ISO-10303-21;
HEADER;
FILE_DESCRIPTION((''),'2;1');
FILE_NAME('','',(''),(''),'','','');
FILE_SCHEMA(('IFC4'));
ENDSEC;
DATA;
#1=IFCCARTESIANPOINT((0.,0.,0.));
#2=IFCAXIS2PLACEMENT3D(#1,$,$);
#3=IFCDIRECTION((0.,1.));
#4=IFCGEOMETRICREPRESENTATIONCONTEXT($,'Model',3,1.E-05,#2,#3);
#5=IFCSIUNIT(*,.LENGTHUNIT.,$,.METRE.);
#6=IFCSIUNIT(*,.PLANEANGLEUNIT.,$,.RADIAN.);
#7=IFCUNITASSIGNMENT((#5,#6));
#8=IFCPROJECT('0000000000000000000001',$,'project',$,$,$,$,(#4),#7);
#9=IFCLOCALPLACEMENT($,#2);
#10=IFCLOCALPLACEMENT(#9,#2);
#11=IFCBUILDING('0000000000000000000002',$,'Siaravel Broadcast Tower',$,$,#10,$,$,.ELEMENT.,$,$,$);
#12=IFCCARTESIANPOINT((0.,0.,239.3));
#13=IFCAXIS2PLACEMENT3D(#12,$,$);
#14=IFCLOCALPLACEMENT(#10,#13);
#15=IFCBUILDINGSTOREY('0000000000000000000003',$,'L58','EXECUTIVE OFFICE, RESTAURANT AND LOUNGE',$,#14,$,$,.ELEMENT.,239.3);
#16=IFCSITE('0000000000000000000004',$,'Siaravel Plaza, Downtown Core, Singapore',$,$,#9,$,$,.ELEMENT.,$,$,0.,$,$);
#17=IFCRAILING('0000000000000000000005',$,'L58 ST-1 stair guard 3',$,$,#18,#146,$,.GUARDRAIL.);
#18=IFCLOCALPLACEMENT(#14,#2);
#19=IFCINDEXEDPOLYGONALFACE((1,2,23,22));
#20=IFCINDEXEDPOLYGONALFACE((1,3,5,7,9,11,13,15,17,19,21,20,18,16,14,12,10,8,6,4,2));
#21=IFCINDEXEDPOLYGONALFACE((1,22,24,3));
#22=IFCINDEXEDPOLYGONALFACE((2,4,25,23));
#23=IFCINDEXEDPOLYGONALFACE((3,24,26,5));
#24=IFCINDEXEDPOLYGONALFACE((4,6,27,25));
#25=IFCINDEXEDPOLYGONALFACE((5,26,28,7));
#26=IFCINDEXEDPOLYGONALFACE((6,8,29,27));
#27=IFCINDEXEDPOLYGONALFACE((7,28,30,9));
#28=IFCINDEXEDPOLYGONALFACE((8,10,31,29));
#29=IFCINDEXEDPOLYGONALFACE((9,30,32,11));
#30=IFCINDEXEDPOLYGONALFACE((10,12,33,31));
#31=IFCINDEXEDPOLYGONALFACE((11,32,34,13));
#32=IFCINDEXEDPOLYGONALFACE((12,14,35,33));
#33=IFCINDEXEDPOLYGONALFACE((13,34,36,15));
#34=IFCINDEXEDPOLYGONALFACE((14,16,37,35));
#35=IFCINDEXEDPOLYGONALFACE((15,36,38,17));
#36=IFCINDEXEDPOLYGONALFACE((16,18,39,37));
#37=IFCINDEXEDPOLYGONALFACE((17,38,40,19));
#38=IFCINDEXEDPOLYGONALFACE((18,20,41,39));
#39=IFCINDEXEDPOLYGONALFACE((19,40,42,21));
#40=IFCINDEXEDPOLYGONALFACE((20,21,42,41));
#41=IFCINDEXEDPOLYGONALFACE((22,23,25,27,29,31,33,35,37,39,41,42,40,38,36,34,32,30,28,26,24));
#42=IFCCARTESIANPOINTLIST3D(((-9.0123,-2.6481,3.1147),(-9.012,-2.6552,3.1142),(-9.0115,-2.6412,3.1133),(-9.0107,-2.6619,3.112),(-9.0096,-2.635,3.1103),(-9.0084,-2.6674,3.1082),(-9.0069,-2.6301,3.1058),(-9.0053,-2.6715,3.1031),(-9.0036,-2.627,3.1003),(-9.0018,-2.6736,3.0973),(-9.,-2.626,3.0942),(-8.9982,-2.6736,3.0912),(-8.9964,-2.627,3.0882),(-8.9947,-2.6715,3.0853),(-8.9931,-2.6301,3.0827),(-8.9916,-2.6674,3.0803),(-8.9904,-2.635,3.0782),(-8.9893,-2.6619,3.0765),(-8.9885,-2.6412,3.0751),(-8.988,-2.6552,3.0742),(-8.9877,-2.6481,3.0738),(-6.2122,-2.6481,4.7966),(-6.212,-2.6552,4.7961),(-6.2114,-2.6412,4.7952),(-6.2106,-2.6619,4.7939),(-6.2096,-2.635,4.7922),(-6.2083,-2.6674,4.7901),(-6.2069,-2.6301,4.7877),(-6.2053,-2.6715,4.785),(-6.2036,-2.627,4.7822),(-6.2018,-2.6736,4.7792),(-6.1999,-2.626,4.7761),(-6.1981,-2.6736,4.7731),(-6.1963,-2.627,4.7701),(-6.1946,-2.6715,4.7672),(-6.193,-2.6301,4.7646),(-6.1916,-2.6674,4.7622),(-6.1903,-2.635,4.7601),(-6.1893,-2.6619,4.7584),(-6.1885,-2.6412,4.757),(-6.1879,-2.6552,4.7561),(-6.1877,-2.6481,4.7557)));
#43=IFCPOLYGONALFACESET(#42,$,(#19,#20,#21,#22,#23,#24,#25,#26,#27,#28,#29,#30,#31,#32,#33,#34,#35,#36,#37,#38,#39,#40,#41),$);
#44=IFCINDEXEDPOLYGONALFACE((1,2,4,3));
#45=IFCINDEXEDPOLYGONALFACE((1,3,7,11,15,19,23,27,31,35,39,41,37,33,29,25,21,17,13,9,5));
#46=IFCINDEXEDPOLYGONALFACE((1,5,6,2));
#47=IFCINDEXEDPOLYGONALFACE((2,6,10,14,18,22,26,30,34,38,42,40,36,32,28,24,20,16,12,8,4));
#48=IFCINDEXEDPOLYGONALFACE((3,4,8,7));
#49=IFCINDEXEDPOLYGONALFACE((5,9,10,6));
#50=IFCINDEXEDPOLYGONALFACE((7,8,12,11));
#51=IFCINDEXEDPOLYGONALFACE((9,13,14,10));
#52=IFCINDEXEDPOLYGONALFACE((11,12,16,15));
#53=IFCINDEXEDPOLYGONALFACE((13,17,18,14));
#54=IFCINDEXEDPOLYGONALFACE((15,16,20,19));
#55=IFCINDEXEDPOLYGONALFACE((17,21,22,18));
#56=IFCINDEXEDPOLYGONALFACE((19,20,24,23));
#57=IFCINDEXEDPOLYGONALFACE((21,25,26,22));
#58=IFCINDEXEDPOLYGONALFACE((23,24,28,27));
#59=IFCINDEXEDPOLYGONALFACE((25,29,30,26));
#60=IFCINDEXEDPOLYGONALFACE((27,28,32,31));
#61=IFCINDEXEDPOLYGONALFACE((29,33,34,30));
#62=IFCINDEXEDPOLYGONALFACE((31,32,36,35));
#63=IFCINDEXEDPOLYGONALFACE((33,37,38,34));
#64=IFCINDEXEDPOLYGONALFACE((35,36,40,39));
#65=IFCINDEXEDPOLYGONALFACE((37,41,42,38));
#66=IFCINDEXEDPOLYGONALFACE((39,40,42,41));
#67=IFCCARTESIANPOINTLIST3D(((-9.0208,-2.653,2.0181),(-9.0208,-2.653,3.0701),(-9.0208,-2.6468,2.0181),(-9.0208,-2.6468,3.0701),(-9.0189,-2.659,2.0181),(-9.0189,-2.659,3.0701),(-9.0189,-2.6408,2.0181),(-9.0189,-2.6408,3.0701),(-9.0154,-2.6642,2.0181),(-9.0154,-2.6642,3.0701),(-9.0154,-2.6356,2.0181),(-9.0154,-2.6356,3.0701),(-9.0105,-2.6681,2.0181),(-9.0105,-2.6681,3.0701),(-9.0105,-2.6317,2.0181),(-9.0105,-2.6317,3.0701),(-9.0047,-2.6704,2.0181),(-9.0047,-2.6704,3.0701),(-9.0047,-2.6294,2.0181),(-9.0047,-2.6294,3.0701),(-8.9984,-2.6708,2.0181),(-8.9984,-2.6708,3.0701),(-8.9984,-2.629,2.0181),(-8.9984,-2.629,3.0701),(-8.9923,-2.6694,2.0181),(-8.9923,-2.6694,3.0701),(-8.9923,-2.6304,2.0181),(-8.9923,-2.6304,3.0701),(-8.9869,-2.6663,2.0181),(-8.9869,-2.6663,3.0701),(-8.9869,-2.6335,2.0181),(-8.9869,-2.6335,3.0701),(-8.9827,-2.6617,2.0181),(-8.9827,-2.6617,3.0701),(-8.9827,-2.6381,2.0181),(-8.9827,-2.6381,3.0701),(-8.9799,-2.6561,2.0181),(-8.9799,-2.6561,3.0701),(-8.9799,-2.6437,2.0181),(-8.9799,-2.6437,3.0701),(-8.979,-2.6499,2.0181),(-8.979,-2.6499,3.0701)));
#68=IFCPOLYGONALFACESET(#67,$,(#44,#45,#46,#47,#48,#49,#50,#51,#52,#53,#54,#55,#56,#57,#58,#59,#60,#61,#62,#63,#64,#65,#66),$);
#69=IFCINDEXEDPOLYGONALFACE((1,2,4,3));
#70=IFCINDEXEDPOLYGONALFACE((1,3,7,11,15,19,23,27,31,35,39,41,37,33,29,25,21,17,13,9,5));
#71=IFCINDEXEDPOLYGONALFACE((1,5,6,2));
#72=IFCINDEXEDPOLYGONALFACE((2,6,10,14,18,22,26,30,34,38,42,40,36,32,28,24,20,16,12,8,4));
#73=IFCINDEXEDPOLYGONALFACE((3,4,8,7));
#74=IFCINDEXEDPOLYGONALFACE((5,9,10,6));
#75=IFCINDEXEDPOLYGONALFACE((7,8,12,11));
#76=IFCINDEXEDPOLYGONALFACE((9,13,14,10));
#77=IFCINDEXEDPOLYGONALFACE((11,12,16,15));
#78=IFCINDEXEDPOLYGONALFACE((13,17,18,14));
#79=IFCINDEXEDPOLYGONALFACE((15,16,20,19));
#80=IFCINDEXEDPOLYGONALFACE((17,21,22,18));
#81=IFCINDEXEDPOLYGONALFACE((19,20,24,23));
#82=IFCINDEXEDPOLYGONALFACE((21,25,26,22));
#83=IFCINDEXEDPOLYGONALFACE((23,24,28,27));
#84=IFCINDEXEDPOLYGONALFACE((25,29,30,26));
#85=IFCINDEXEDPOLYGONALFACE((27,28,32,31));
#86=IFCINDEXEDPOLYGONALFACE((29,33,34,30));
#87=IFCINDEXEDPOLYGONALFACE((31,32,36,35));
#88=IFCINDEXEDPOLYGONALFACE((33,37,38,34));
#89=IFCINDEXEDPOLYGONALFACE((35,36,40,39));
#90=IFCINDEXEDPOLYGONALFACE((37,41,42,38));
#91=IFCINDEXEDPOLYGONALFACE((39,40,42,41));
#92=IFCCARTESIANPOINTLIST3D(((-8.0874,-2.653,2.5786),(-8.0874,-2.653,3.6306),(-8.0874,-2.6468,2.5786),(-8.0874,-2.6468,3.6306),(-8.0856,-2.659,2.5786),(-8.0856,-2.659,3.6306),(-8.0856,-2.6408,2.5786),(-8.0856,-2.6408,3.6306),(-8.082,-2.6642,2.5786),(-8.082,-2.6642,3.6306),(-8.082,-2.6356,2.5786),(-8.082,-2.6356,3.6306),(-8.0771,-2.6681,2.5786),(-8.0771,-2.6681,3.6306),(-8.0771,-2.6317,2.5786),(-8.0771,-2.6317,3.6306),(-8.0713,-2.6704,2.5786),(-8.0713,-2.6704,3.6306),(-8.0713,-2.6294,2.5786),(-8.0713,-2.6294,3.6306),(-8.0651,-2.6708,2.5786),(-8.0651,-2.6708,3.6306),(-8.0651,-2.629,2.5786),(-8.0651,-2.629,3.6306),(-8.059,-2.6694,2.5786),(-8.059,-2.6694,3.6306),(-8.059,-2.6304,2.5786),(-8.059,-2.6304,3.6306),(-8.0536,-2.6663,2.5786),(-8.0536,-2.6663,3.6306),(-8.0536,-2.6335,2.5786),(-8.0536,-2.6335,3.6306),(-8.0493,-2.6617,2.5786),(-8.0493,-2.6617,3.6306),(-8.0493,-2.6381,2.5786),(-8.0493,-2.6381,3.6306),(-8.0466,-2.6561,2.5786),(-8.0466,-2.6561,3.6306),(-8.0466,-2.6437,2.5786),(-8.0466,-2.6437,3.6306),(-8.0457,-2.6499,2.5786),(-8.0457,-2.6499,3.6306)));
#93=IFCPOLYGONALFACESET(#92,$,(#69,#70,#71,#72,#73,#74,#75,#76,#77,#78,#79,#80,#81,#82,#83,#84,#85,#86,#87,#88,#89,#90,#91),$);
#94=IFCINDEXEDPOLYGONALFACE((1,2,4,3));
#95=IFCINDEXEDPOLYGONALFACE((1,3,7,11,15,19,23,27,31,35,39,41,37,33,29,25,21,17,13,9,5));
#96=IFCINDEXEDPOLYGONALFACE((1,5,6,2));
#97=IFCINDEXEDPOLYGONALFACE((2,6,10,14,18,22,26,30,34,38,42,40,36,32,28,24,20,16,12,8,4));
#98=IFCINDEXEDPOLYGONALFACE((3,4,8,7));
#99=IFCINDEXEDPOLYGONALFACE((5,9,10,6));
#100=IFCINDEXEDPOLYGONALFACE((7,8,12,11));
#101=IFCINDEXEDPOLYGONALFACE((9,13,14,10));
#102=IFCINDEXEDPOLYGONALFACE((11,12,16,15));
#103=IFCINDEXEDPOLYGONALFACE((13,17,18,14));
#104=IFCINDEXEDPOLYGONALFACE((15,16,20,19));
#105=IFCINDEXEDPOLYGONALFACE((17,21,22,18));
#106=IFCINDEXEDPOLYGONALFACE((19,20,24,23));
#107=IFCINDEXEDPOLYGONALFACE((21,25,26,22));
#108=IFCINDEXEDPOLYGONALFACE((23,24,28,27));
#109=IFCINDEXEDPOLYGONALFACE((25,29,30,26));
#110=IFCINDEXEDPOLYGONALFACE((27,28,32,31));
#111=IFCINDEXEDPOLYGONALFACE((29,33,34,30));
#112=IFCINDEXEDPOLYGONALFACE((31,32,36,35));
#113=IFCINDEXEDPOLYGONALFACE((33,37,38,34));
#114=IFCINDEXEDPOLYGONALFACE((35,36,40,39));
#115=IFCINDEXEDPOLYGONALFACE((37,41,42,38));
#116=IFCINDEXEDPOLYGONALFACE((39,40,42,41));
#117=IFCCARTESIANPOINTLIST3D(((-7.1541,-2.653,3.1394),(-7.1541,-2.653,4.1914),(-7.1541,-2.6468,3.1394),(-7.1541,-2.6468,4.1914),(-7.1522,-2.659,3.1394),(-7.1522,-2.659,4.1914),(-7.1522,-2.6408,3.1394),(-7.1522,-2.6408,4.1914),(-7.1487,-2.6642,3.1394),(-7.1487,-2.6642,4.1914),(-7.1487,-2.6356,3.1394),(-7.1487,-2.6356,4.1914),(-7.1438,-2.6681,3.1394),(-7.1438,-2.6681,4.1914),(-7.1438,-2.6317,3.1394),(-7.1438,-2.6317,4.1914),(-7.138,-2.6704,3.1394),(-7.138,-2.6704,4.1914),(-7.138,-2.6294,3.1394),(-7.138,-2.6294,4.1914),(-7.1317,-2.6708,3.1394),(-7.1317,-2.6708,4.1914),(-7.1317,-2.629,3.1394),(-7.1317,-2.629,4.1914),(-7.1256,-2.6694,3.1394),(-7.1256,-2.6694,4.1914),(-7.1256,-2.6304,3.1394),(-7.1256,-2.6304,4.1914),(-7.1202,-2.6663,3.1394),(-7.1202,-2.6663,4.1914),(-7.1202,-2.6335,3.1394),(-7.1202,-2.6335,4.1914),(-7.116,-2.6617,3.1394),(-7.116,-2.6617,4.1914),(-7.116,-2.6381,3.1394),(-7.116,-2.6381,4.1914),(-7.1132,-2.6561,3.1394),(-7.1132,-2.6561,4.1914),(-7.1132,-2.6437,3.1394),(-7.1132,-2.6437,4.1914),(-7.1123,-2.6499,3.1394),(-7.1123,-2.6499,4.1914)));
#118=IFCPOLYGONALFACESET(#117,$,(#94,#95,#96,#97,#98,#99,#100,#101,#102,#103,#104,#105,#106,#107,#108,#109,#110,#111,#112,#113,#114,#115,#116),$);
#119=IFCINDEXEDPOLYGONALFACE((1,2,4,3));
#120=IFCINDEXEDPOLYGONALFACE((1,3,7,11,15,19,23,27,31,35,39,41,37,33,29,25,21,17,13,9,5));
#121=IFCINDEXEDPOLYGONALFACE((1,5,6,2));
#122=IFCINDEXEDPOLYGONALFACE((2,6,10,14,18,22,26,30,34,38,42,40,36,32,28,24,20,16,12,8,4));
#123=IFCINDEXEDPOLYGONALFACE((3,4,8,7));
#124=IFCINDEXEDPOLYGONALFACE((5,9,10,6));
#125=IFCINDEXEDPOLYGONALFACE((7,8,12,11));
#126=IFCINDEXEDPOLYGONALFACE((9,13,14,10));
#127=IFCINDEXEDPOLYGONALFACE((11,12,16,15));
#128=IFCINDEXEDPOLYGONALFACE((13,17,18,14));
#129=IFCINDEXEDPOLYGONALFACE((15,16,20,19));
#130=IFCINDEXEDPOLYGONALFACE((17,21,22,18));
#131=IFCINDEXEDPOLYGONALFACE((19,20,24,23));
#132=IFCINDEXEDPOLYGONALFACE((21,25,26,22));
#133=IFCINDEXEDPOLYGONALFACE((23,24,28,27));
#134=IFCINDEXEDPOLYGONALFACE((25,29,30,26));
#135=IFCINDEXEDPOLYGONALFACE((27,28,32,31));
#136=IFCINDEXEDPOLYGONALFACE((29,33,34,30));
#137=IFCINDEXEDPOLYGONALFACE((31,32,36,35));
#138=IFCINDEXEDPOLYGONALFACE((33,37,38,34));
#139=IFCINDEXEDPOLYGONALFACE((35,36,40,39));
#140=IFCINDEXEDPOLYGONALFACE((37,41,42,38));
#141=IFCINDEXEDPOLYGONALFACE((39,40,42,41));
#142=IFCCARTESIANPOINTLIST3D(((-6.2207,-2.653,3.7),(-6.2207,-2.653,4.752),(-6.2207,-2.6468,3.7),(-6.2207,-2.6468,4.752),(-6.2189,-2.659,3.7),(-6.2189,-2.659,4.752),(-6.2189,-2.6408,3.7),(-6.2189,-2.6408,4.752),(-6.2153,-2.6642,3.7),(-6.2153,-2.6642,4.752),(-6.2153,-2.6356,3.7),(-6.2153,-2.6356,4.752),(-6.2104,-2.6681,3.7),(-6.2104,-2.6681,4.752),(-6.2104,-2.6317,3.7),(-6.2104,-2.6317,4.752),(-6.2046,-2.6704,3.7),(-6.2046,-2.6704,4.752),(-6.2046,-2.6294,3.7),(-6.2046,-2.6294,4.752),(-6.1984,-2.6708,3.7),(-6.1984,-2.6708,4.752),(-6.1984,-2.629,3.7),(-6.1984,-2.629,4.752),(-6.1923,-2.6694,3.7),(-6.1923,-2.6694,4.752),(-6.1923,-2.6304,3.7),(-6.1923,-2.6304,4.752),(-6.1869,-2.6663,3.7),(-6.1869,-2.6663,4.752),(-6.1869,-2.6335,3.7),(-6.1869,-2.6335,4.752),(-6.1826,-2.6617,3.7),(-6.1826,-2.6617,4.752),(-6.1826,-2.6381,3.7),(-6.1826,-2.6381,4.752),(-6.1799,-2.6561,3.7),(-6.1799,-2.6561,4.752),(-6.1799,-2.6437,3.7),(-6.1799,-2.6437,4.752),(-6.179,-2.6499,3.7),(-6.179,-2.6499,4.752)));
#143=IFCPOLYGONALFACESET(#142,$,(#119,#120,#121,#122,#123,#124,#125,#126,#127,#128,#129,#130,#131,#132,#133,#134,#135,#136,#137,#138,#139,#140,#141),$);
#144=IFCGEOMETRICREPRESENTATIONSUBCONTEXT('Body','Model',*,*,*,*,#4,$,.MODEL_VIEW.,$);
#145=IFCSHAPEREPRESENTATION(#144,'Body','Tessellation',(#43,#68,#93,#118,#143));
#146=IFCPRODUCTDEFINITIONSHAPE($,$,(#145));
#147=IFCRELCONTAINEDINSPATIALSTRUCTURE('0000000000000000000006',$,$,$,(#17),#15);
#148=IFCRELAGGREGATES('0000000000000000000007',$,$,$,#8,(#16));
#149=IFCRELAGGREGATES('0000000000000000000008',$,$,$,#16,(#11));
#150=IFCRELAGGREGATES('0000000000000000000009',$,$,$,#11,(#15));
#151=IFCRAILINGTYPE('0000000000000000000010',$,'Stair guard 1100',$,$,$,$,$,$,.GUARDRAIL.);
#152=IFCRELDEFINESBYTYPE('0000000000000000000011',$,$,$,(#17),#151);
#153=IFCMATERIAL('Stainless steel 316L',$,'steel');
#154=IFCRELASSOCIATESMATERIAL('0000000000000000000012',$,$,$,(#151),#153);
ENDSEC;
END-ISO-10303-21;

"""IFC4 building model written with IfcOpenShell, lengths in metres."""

from ifc_helpers import new_model, si_unit, direction, frame, origin, origin_2d, place, context, subcontext, project, spatial, circle, extrude, material, type_object, element, save


model = new_model("IFC4")

# Units and contexts
model_context = context("Model", 3, precision=1e-05, world=origin(), true_north=direction((0.0, 1.0)))
body_context = subcontext(model_context, "Body", "Model", "MODEL_VIEW")
ifc_project = project(units=[si_unit("LENGTHUNIT", "METRE"), si_unit("PLANEANGLEUNIT", "RADIAN")], contexts=[model_context])

# Site, building, storey
site_placement = place(None, origin())
site = spatial("IfcSite", under=ifc_project, at=site_placement, Name="Siaravel Plaza, Downtown Core, Singapore", CompositionType="ELEMENT", RefElevation=0.0)
building_placement = place(site_placement, origin())
building = spatial("IfcBuilding", under=site, at=building_placement, Name="Siaravel Broadcast Tower", CompositionType="ELEMENT")
storey_placement = place(building_placement, frame((0.0, 0.0, 239.3)))
storey = spatial("IfcBuildingStorey", under=building, at=storey_placement, Name="L58", Description="EXECUTIVE OFFICE, RESTAURANT AND LOUNGE", CompositionType="ELEMENT", Elevation=239.3)

# Shared definitions
ifc_material_1 = material(Name="Stainless steel 316L", Category="steel")

# Railing
railing_type_1 = type_object("IfcRailingType", Name="Stair guard 1100", PredefinedType="GUARDRAIL", material=ifc_material_1)
railing_1_placement = place(storey_placement, frame((-9.0, -2.6499, 2.0181)))
element("IfcRailing", 1, at=railing_1_placement, inside=storey, type_object=railing_type_1, Name="L58 ST-1 stair guard 3", PredefinedType="GUARDRAIL", context=body_context, shape_type="SweptSolid", body=[
    extrude(circle(Radius=0.0239, at=origin_2d()), frame((0.0, 0.0, 1.0762), z_axis=(0.857242, 0.0, 0.514913), x_axis=(0.0, 1.0, 0.0)), (0.0, 0.0, 1.0), 3.2664),
    extrude(circle(Radius=0.021, at=origin_2d()), origin(), (0.0, 0.0, 1.0), 1.052),
    extrude(circle(Radius=0.021, at=origin_2d()), frame((0.9333, 0.0, 0.5605)), (0.0, 0.0, 1.0), 1.052),
    extrude(circle(Radius=0.021, at=origin_2d()), frame((1.8667, 0.0, 1.1213)), (0.0, 0.0, 1.0), 1.052),
    extrude(circle(Radius=0.021, at=origin_2d()), frame((2.8, 0.0, 1.6819)), (0.0, 0.0, 1.0), 1.052),
])

save(model, "model.ifc")
